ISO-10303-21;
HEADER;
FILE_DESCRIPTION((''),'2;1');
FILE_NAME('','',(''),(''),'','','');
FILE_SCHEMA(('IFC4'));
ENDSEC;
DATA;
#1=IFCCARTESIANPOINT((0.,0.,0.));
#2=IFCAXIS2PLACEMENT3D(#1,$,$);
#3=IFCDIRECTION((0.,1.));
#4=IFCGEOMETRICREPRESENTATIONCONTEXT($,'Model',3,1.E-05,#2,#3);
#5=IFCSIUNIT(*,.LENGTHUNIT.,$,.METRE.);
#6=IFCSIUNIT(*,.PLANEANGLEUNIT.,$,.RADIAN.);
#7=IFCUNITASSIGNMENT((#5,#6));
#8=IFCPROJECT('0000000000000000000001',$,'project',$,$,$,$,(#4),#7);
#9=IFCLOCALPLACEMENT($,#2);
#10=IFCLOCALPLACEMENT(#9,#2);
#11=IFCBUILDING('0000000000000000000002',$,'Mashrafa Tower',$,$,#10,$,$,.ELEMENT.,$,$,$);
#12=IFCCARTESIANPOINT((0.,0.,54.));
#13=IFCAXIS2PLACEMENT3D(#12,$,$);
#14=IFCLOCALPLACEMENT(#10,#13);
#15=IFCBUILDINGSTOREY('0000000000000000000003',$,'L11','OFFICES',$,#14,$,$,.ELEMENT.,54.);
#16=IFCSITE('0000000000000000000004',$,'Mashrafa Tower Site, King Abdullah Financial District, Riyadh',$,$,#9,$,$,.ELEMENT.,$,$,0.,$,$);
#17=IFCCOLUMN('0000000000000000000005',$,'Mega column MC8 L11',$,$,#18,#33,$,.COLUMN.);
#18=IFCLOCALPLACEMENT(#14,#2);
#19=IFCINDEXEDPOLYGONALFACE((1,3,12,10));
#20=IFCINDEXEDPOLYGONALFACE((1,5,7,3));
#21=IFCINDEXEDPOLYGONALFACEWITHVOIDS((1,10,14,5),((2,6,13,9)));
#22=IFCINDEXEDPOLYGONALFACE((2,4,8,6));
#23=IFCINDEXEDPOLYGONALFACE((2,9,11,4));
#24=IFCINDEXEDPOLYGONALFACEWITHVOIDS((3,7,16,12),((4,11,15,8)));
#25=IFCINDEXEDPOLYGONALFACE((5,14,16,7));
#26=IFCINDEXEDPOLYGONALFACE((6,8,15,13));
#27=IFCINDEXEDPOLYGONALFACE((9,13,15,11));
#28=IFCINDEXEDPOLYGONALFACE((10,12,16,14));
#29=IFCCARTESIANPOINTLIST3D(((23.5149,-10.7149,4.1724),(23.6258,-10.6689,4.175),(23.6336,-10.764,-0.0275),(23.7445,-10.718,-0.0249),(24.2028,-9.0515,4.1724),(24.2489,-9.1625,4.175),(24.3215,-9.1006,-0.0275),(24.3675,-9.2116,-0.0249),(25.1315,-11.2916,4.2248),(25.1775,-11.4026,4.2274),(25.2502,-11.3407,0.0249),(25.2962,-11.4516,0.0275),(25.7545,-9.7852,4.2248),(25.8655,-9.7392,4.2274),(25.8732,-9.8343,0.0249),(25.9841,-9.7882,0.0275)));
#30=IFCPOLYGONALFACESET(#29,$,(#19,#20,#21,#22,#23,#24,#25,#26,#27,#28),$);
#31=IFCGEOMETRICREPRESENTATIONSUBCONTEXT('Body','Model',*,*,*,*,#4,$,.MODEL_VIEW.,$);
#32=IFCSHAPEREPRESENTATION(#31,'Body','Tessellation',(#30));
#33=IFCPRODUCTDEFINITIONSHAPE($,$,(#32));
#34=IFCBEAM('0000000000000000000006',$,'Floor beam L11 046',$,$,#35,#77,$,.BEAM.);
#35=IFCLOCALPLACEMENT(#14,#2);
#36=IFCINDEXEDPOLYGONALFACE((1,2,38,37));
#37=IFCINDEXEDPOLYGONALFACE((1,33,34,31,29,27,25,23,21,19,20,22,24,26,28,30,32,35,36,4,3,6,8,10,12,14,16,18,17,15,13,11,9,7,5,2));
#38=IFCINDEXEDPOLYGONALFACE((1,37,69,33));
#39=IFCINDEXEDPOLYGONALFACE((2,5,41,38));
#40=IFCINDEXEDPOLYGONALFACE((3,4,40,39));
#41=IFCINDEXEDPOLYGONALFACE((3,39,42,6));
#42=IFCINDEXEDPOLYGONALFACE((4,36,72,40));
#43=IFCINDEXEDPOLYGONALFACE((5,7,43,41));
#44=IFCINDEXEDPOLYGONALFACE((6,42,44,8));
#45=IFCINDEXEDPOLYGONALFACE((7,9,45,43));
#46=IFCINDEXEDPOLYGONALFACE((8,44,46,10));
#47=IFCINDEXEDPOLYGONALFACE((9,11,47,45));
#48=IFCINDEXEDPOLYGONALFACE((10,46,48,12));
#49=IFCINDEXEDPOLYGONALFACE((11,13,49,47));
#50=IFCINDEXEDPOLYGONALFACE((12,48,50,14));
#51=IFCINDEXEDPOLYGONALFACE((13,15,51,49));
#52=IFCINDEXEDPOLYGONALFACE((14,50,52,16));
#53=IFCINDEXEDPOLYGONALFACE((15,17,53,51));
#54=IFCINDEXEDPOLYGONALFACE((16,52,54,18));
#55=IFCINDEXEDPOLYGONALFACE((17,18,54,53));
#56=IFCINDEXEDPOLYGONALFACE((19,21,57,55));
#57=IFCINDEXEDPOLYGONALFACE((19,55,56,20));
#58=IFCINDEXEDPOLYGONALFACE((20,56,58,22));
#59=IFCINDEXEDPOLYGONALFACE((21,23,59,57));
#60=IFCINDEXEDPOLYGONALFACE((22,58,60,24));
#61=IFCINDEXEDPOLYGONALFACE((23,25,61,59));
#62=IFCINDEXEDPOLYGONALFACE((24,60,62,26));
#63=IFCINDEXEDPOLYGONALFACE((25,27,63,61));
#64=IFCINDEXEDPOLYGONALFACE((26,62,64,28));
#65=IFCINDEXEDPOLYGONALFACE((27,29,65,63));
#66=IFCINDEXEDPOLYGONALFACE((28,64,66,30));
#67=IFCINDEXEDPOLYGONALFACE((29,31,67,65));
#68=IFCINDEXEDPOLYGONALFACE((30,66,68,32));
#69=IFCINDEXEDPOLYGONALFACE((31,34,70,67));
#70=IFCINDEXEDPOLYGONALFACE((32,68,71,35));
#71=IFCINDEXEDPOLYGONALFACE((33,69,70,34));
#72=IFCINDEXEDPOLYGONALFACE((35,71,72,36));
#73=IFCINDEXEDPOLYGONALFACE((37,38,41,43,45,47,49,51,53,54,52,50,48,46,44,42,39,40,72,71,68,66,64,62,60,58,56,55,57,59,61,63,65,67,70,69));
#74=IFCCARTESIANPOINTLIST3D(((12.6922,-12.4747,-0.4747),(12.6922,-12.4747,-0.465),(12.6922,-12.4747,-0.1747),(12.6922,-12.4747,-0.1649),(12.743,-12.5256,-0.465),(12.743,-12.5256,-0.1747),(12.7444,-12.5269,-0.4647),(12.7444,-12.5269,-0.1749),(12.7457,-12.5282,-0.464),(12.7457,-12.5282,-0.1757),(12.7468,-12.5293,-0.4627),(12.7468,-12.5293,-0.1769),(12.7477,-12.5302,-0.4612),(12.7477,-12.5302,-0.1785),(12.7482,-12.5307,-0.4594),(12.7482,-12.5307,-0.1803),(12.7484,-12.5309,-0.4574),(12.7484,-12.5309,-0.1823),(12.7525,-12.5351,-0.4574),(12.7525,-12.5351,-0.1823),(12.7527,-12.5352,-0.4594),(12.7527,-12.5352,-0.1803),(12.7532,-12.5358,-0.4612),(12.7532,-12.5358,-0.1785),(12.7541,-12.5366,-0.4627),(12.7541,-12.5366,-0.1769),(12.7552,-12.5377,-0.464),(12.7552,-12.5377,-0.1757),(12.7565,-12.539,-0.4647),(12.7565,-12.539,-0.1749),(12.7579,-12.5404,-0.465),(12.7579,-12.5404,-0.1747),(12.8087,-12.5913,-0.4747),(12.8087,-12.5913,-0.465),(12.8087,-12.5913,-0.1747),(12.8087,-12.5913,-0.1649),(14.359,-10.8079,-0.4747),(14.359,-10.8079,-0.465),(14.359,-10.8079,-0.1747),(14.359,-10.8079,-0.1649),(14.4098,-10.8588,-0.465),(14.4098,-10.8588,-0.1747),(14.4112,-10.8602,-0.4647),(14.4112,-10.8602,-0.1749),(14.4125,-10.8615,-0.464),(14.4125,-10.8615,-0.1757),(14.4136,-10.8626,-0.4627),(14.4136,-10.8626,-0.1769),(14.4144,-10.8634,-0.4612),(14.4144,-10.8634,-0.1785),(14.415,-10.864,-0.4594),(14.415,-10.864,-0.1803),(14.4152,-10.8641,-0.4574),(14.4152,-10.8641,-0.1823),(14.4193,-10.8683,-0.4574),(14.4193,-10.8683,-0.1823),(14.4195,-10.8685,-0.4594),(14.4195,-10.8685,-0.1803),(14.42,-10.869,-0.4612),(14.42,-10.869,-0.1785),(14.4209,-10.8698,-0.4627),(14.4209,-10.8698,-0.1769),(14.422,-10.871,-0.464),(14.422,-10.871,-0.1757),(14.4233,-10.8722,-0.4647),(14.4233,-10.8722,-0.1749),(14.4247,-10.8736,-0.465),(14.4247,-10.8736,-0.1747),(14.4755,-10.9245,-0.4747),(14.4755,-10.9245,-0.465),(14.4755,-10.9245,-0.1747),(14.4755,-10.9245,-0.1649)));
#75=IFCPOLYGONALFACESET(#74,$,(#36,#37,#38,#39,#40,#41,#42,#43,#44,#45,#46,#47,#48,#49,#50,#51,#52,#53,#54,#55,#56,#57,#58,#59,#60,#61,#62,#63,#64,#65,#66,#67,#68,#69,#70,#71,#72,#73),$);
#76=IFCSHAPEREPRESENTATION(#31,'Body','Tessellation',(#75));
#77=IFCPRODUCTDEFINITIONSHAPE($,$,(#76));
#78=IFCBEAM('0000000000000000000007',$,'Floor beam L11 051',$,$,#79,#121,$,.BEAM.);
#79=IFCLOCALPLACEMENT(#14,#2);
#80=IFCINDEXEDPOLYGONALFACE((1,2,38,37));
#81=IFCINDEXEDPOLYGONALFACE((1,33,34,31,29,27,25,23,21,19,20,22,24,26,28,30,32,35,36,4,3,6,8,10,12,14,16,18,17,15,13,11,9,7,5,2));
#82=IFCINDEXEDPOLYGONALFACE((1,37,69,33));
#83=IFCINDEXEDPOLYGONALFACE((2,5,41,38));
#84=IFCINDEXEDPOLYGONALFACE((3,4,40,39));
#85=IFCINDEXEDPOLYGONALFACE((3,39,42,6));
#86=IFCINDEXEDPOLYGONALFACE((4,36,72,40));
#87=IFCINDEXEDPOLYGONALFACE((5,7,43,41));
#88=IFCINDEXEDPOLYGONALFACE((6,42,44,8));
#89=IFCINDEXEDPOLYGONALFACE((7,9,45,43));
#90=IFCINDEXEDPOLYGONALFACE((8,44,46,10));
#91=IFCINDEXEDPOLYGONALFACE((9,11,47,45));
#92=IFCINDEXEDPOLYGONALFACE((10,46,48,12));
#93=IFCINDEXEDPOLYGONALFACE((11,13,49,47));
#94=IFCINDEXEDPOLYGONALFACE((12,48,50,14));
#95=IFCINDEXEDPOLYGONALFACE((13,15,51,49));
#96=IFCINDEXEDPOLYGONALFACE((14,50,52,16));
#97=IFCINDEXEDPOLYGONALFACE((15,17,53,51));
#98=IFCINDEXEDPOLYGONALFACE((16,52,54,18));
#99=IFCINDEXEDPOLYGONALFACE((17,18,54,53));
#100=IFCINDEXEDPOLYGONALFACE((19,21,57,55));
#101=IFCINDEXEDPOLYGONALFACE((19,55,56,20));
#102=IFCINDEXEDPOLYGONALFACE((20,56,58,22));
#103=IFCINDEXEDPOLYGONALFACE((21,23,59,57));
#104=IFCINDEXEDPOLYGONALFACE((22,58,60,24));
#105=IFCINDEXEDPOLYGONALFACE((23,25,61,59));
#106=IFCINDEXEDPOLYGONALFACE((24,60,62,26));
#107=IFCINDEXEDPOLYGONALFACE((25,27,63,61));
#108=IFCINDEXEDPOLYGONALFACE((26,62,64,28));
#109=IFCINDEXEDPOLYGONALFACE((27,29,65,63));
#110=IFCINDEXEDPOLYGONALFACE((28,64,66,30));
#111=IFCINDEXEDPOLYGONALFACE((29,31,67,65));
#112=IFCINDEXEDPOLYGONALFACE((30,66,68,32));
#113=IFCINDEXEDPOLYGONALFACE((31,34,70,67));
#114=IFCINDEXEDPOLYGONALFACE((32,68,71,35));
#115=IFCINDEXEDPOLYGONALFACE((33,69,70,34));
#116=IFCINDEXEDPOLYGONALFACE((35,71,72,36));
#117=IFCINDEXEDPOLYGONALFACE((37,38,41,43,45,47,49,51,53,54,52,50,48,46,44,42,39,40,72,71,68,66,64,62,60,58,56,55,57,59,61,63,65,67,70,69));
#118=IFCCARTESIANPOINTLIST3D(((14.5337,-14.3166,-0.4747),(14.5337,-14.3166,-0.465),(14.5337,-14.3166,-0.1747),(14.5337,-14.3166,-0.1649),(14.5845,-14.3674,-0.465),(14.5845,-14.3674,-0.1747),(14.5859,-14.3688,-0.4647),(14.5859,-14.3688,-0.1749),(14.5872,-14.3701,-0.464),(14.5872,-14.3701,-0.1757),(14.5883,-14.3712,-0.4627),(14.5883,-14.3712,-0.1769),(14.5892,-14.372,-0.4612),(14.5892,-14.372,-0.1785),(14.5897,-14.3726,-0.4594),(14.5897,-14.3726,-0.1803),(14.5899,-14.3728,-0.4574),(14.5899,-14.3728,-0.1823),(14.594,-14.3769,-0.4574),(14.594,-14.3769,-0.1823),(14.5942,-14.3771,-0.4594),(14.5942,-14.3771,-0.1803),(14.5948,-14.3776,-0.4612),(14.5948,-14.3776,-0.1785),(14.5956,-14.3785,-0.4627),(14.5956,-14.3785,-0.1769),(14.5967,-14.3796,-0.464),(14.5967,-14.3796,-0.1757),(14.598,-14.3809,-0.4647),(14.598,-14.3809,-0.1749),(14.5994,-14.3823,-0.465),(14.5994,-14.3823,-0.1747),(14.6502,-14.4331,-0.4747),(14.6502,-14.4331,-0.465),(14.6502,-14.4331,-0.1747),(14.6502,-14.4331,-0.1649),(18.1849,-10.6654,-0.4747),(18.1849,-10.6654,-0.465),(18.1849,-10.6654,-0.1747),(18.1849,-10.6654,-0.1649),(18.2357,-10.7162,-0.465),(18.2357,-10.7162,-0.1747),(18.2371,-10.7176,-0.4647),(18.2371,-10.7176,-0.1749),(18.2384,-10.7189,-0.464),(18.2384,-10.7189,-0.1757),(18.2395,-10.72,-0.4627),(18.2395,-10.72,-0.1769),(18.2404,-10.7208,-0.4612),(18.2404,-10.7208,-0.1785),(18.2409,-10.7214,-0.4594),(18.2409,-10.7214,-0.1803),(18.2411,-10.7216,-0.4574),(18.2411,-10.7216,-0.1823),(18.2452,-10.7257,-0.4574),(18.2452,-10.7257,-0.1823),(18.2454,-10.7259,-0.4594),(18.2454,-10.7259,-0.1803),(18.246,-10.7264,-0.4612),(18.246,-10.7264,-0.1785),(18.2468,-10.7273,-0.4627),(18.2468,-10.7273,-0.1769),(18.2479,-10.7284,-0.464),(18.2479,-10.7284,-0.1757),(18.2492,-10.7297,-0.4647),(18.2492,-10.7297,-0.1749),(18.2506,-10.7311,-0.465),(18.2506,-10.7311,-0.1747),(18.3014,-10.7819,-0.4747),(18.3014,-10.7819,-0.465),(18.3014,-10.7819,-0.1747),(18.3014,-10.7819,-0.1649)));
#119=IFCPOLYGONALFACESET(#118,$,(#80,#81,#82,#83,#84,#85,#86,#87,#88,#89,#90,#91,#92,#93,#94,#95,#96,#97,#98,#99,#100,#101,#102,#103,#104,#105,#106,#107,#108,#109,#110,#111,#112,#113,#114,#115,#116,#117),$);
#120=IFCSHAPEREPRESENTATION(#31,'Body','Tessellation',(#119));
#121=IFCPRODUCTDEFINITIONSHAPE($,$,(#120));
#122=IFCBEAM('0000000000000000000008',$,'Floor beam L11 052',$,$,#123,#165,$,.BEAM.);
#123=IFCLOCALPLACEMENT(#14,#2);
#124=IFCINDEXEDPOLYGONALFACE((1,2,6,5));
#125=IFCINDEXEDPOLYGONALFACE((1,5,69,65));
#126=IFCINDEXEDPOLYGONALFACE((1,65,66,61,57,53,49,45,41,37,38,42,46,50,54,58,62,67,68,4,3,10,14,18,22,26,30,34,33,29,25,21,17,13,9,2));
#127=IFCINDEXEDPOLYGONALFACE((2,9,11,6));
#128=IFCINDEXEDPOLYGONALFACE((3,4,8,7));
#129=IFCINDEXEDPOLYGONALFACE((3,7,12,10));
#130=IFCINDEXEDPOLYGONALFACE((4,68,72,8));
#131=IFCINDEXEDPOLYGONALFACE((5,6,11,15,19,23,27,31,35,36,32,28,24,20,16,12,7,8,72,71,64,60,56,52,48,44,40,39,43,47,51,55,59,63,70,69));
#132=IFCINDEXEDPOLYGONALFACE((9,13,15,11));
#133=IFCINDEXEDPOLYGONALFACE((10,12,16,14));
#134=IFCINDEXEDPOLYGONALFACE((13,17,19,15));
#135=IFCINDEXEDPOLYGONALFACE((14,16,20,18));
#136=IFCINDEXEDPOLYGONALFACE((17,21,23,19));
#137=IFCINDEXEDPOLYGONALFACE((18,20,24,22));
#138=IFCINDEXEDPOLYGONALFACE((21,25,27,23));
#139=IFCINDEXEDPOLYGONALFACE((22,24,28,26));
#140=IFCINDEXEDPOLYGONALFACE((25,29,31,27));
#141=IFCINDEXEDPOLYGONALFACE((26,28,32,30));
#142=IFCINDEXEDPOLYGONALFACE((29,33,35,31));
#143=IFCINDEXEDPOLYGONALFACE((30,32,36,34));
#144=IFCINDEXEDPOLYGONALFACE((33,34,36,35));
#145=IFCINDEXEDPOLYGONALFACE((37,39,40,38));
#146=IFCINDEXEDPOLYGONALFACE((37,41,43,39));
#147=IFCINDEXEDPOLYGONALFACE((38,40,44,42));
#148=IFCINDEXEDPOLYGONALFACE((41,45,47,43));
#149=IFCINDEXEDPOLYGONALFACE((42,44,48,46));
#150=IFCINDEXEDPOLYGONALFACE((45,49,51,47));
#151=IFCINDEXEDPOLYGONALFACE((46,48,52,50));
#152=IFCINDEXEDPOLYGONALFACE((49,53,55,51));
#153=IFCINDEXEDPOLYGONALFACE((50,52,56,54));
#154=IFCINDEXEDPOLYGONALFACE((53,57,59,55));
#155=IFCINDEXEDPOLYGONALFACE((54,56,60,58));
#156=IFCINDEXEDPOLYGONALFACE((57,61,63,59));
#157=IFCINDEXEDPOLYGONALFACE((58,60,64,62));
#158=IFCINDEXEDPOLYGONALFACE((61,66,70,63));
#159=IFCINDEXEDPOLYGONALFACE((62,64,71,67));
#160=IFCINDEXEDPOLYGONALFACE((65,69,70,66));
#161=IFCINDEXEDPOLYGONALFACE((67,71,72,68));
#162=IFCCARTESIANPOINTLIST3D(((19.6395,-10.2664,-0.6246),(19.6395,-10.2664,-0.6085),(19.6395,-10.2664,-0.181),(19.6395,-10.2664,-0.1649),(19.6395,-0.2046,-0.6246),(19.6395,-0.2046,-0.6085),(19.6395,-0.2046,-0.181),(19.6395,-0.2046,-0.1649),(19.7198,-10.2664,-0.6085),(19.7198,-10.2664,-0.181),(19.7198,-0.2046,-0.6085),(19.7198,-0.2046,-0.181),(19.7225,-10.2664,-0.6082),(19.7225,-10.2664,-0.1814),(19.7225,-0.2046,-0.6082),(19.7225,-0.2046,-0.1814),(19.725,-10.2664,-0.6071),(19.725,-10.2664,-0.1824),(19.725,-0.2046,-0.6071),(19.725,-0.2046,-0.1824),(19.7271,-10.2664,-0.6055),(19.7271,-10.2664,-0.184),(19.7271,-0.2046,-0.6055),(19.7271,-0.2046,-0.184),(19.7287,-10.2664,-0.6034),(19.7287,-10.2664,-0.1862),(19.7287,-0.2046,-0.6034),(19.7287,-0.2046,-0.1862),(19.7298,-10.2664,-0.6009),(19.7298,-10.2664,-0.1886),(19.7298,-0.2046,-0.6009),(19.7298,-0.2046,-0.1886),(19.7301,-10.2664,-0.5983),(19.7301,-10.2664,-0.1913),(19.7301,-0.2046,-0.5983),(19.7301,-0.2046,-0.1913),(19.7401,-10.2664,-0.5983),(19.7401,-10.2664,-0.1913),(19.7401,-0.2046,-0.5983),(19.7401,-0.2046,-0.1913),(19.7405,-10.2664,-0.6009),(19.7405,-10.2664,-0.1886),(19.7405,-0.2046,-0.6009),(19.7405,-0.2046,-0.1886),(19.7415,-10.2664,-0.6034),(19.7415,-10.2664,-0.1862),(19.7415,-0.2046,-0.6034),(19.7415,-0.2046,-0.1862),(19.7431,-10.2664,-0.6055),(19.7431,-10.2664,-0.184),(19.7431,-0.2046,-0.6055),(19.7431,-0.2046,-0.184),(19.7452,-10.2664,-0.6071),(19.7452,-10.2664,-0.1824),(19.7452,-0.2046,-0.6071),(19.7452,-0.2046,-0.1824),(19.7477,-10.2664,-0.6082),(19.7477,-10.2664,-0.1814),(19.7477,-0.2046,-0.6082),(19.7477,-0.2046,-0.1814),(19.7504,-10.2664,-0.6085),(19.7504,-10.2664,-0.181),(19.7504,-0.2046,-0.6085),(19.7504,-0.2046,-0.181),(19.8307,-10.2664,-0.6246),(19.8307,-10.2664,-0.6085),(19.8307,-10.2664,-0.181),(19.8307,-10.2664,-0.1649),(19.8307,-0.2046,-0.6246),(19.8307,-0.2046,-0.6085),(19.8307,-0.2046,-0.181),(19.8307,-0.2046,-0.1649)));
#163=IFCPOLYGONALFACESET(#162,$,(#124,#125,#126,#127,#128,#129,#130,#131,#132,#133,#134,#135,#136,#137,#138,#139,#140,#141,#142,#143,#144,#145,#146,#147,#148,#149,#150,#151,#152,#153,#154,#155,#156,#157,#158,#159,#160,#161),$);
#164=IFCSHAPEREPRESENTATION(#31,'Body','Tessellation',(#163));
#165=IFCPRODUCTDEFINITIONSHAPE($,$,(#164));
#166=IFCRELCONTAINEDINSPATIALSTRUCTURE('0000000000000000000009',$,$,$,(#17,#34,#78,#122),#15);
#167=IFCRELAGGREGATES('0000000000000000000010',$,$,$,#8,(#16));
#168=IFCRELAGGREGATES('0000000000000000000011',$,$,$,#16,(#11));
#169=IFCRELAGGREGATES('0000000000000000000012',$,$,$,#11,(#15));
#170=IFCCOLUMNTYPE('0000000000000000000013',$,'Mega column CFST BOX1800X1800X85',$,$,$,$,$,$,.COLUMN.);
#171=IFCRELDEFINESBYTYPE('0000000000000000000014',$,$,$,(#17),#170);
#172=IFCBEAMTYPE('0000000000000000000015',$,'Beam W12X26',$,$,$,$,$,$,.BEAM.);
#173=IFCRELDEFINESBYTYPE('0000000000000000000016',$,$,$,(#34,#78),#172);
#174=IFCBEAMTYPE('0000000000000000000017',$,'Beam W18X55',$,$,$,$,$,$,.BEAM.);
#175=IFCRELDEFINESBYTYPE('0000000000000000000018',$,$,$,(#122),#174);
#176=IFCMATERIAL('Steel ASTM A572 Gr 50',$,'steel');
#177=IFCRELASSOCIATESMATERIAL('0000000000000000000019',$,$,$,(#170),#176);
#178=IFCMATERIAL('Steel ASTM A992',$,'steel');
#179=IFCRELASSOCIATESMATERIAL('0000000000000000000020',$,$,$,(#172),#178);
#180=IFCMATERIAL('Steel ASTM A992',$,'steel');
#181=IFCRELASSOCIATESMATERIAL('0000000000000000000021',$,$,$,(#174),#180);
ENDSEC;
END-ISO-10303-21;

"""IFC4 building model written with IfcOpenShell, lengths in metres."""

from ifc_helpers import new_model, si_unit, direction, frame, origin, origin_2d, place, context, subcontext, project, spatial, hollow_rectangle, i_section, extrude, material, material_profile, profile_set, type_object, element, save


model = new_model("IFC4")

# Units and contexts
model_context = context("Model", 3, precision=1e-05, world=origin(), true_north=direction((0.0, 1.0)))
body_context = subcontext(model_context, "Body", "Model", "MODEL_VIEW")
ifc_project = project(units=[si_unit("LENGTHUNIT", "METRE"), si_unit("PLANEANGLEUNIT", "RADIAN")], contexts=[model_context])

# Site, building, storey
site_placement = place(None, origin())
site = spatial("IfcSite", under=ifc_project, at=site_placement, Name="Mashrafa Tower Site, King Abdullah Financial District, Riyadh", CompositionType="ELEMENT", RefElevation=0.0)
building_placement = place(site_placement, origin())
building = spatial("IfcBuilding", under=site, at=building_placement, Name="Mashrafa Tower", CompositionType="ELEMENT")
storey_placement = place(building_placement, frame((0.0, 0.0, 54.0)))
storey = spatial("IfcBuildingStorey", under=building, at=storey_placement, Name="L11", Description="OFFICES", CompositionType="ELEMENT", Elevation=54.0)

# Column
ifc_material_1 = material(Name="Steel ASTM A572 Gr 50", Category="steel")
ifc_material_profile_1 = material_profile(ifc_material_1, hollow_rectangle(XDim=1.8, YDim=1.8, WallThickness=0.085, at=origin_2d()), Name="BOX1800X1800X85")
ifc_profile_set_1 = profile_set([ifc_material_profile_1], Name="Steel ASTM A572 Gr 50")
column_type = type_object("IfcColumnType", Name="Mega column CFST BOX1800X1800X85", PredefinedType="COLUMN", material=ifc_profile_set_1)
column_placement = place(storey_placement, frame((24.8088, -10.2761, 0.0), z_axis=(-0.028238, 0.011679, 0.999533), x_axis=(-0.382184, -0.924086, 0.0)))
element("IfcColumn", 1, at=column_placement, inside=storey, type_object=column_type, Name="Mega column MC8 L11", PredefinedType="COLUMN", context=body_context, shape_type="SweptSolid", body=[
    extrude(hollow_rectangle(XDim=1.8, YDim=1.8, WallThickness=0.085, at=origin_2d()), origin(), (0.0, 0.0, 1.0), 4.2019),
])

# Beams
ifc_material_2 = material(Name="Steel ASTM A992", Category="steel")
ifc_material_profile_2 = material_profile(ifc_material_2, i_section(OverallWidth=0.1648, OverallDepth=0.3098, WebThickness=0.0059, FlangeThickness=0.0098, FilletRadius=0.0076, at=origin_2d()), Name="W12X26")
ifc_profile_set_2 = profile_set([ifc_material_profile_2], Name="Steel ASTM A992")
beam_type_1 = type_object("IfcBeamType", Name="Beam W12X26", PredefinedType="BEAM", material=ifc_profile_set_2)
beam_1_placement = place(storey_placement, frame((14.4172, -10.8662, -0.3198), z_axis=(-0.707107, -0.707107, 0.0), x_axis=(0.707107, -0.707107, 0.0)))
element("IfcBeam", 2, at=beam_1_placement, inside=storey, type_object=beam_type_1, Name="Floor beam L11 046", PredefinedType="BEAM", context=body_context, shape_type="SweptSolid", body=[
    extrude(i_section(OverallWidth=0.1648, OverallDepth=0.3098, WebThickness=0.0059, FlangeThickness=0.0098, FilletRadius=0.0076, at=origin_2d()), origin(), (0.0, 0.0, 1.0), 2.3572),
])
beam_2_placement = place(storey_placement, frame((18.2432, -10.7236, -0.3198), z_axis=(-0.707107, -0.707107, 0.0), x_axis=(0.707107, -0.707107, 0.0)))
element("IfcBeam", 3, at=beam_2_placement, inside=storey, type_object=beam_type_1, Name="Floor beam L11 051", PredefinedType="BEAM", context=body_context, shape_type="SweptSolid", body=[
    extrude(i_section(OverallWidth=0.1648, OverallDepth=0.3098, WebThickness=0.0059, FlangeThickness=0.0098, FilletRadius=0.0076, at=origin_2d()), origin(), (0.0, 0.0, 1.0), 5.1636),
])
ifc_material_3 = material(Name="Steel ASTM A992", Category="steel")
ifc_material_profile_3 = material_profile(ifc_material_3, i_section(OverallWidth=0.1912, OverallDepth=0.4597, WebThickness=0.01, FlangeThickness=0.0161, FilletRadius=0.0103, at=origin_2d()), Name="W18X55")
ifc_profile_set_3 = profile_set([ifc_material_profile_3], Name="Steel ASTM A992")
beam_type_2 = type_object("IfcBeamType", Name="Beam W18X55", PredefinedType="BEAM", material=ifc_profile_set_3)
beam_3_placement = place(storey_placement, frame((19.7351, -0.2046, -0.3948), z_axis=(0.0, -1.0, 0.0), x_axis=(1.0, 0.0, 0.0)))
element("IfcBeam", 4, at=beam_3_placement, inside=storey, type_object=beam_type_2, Name="Floor beam L11 052", PredefinedType="BEAM", context=body_context, shape_type="SweptSolid", body=[
    extrude(i_section(OverallWidth=0.1912, OverallDepth=0.4597, WebThickness=0.01, FlangeThickness=0.0161, FilletRadius=0.0103, at=origin_2d()), origin(), (0.0, 0.0, 1.0), 10.0618),
])

save(model, "model.ifc")
